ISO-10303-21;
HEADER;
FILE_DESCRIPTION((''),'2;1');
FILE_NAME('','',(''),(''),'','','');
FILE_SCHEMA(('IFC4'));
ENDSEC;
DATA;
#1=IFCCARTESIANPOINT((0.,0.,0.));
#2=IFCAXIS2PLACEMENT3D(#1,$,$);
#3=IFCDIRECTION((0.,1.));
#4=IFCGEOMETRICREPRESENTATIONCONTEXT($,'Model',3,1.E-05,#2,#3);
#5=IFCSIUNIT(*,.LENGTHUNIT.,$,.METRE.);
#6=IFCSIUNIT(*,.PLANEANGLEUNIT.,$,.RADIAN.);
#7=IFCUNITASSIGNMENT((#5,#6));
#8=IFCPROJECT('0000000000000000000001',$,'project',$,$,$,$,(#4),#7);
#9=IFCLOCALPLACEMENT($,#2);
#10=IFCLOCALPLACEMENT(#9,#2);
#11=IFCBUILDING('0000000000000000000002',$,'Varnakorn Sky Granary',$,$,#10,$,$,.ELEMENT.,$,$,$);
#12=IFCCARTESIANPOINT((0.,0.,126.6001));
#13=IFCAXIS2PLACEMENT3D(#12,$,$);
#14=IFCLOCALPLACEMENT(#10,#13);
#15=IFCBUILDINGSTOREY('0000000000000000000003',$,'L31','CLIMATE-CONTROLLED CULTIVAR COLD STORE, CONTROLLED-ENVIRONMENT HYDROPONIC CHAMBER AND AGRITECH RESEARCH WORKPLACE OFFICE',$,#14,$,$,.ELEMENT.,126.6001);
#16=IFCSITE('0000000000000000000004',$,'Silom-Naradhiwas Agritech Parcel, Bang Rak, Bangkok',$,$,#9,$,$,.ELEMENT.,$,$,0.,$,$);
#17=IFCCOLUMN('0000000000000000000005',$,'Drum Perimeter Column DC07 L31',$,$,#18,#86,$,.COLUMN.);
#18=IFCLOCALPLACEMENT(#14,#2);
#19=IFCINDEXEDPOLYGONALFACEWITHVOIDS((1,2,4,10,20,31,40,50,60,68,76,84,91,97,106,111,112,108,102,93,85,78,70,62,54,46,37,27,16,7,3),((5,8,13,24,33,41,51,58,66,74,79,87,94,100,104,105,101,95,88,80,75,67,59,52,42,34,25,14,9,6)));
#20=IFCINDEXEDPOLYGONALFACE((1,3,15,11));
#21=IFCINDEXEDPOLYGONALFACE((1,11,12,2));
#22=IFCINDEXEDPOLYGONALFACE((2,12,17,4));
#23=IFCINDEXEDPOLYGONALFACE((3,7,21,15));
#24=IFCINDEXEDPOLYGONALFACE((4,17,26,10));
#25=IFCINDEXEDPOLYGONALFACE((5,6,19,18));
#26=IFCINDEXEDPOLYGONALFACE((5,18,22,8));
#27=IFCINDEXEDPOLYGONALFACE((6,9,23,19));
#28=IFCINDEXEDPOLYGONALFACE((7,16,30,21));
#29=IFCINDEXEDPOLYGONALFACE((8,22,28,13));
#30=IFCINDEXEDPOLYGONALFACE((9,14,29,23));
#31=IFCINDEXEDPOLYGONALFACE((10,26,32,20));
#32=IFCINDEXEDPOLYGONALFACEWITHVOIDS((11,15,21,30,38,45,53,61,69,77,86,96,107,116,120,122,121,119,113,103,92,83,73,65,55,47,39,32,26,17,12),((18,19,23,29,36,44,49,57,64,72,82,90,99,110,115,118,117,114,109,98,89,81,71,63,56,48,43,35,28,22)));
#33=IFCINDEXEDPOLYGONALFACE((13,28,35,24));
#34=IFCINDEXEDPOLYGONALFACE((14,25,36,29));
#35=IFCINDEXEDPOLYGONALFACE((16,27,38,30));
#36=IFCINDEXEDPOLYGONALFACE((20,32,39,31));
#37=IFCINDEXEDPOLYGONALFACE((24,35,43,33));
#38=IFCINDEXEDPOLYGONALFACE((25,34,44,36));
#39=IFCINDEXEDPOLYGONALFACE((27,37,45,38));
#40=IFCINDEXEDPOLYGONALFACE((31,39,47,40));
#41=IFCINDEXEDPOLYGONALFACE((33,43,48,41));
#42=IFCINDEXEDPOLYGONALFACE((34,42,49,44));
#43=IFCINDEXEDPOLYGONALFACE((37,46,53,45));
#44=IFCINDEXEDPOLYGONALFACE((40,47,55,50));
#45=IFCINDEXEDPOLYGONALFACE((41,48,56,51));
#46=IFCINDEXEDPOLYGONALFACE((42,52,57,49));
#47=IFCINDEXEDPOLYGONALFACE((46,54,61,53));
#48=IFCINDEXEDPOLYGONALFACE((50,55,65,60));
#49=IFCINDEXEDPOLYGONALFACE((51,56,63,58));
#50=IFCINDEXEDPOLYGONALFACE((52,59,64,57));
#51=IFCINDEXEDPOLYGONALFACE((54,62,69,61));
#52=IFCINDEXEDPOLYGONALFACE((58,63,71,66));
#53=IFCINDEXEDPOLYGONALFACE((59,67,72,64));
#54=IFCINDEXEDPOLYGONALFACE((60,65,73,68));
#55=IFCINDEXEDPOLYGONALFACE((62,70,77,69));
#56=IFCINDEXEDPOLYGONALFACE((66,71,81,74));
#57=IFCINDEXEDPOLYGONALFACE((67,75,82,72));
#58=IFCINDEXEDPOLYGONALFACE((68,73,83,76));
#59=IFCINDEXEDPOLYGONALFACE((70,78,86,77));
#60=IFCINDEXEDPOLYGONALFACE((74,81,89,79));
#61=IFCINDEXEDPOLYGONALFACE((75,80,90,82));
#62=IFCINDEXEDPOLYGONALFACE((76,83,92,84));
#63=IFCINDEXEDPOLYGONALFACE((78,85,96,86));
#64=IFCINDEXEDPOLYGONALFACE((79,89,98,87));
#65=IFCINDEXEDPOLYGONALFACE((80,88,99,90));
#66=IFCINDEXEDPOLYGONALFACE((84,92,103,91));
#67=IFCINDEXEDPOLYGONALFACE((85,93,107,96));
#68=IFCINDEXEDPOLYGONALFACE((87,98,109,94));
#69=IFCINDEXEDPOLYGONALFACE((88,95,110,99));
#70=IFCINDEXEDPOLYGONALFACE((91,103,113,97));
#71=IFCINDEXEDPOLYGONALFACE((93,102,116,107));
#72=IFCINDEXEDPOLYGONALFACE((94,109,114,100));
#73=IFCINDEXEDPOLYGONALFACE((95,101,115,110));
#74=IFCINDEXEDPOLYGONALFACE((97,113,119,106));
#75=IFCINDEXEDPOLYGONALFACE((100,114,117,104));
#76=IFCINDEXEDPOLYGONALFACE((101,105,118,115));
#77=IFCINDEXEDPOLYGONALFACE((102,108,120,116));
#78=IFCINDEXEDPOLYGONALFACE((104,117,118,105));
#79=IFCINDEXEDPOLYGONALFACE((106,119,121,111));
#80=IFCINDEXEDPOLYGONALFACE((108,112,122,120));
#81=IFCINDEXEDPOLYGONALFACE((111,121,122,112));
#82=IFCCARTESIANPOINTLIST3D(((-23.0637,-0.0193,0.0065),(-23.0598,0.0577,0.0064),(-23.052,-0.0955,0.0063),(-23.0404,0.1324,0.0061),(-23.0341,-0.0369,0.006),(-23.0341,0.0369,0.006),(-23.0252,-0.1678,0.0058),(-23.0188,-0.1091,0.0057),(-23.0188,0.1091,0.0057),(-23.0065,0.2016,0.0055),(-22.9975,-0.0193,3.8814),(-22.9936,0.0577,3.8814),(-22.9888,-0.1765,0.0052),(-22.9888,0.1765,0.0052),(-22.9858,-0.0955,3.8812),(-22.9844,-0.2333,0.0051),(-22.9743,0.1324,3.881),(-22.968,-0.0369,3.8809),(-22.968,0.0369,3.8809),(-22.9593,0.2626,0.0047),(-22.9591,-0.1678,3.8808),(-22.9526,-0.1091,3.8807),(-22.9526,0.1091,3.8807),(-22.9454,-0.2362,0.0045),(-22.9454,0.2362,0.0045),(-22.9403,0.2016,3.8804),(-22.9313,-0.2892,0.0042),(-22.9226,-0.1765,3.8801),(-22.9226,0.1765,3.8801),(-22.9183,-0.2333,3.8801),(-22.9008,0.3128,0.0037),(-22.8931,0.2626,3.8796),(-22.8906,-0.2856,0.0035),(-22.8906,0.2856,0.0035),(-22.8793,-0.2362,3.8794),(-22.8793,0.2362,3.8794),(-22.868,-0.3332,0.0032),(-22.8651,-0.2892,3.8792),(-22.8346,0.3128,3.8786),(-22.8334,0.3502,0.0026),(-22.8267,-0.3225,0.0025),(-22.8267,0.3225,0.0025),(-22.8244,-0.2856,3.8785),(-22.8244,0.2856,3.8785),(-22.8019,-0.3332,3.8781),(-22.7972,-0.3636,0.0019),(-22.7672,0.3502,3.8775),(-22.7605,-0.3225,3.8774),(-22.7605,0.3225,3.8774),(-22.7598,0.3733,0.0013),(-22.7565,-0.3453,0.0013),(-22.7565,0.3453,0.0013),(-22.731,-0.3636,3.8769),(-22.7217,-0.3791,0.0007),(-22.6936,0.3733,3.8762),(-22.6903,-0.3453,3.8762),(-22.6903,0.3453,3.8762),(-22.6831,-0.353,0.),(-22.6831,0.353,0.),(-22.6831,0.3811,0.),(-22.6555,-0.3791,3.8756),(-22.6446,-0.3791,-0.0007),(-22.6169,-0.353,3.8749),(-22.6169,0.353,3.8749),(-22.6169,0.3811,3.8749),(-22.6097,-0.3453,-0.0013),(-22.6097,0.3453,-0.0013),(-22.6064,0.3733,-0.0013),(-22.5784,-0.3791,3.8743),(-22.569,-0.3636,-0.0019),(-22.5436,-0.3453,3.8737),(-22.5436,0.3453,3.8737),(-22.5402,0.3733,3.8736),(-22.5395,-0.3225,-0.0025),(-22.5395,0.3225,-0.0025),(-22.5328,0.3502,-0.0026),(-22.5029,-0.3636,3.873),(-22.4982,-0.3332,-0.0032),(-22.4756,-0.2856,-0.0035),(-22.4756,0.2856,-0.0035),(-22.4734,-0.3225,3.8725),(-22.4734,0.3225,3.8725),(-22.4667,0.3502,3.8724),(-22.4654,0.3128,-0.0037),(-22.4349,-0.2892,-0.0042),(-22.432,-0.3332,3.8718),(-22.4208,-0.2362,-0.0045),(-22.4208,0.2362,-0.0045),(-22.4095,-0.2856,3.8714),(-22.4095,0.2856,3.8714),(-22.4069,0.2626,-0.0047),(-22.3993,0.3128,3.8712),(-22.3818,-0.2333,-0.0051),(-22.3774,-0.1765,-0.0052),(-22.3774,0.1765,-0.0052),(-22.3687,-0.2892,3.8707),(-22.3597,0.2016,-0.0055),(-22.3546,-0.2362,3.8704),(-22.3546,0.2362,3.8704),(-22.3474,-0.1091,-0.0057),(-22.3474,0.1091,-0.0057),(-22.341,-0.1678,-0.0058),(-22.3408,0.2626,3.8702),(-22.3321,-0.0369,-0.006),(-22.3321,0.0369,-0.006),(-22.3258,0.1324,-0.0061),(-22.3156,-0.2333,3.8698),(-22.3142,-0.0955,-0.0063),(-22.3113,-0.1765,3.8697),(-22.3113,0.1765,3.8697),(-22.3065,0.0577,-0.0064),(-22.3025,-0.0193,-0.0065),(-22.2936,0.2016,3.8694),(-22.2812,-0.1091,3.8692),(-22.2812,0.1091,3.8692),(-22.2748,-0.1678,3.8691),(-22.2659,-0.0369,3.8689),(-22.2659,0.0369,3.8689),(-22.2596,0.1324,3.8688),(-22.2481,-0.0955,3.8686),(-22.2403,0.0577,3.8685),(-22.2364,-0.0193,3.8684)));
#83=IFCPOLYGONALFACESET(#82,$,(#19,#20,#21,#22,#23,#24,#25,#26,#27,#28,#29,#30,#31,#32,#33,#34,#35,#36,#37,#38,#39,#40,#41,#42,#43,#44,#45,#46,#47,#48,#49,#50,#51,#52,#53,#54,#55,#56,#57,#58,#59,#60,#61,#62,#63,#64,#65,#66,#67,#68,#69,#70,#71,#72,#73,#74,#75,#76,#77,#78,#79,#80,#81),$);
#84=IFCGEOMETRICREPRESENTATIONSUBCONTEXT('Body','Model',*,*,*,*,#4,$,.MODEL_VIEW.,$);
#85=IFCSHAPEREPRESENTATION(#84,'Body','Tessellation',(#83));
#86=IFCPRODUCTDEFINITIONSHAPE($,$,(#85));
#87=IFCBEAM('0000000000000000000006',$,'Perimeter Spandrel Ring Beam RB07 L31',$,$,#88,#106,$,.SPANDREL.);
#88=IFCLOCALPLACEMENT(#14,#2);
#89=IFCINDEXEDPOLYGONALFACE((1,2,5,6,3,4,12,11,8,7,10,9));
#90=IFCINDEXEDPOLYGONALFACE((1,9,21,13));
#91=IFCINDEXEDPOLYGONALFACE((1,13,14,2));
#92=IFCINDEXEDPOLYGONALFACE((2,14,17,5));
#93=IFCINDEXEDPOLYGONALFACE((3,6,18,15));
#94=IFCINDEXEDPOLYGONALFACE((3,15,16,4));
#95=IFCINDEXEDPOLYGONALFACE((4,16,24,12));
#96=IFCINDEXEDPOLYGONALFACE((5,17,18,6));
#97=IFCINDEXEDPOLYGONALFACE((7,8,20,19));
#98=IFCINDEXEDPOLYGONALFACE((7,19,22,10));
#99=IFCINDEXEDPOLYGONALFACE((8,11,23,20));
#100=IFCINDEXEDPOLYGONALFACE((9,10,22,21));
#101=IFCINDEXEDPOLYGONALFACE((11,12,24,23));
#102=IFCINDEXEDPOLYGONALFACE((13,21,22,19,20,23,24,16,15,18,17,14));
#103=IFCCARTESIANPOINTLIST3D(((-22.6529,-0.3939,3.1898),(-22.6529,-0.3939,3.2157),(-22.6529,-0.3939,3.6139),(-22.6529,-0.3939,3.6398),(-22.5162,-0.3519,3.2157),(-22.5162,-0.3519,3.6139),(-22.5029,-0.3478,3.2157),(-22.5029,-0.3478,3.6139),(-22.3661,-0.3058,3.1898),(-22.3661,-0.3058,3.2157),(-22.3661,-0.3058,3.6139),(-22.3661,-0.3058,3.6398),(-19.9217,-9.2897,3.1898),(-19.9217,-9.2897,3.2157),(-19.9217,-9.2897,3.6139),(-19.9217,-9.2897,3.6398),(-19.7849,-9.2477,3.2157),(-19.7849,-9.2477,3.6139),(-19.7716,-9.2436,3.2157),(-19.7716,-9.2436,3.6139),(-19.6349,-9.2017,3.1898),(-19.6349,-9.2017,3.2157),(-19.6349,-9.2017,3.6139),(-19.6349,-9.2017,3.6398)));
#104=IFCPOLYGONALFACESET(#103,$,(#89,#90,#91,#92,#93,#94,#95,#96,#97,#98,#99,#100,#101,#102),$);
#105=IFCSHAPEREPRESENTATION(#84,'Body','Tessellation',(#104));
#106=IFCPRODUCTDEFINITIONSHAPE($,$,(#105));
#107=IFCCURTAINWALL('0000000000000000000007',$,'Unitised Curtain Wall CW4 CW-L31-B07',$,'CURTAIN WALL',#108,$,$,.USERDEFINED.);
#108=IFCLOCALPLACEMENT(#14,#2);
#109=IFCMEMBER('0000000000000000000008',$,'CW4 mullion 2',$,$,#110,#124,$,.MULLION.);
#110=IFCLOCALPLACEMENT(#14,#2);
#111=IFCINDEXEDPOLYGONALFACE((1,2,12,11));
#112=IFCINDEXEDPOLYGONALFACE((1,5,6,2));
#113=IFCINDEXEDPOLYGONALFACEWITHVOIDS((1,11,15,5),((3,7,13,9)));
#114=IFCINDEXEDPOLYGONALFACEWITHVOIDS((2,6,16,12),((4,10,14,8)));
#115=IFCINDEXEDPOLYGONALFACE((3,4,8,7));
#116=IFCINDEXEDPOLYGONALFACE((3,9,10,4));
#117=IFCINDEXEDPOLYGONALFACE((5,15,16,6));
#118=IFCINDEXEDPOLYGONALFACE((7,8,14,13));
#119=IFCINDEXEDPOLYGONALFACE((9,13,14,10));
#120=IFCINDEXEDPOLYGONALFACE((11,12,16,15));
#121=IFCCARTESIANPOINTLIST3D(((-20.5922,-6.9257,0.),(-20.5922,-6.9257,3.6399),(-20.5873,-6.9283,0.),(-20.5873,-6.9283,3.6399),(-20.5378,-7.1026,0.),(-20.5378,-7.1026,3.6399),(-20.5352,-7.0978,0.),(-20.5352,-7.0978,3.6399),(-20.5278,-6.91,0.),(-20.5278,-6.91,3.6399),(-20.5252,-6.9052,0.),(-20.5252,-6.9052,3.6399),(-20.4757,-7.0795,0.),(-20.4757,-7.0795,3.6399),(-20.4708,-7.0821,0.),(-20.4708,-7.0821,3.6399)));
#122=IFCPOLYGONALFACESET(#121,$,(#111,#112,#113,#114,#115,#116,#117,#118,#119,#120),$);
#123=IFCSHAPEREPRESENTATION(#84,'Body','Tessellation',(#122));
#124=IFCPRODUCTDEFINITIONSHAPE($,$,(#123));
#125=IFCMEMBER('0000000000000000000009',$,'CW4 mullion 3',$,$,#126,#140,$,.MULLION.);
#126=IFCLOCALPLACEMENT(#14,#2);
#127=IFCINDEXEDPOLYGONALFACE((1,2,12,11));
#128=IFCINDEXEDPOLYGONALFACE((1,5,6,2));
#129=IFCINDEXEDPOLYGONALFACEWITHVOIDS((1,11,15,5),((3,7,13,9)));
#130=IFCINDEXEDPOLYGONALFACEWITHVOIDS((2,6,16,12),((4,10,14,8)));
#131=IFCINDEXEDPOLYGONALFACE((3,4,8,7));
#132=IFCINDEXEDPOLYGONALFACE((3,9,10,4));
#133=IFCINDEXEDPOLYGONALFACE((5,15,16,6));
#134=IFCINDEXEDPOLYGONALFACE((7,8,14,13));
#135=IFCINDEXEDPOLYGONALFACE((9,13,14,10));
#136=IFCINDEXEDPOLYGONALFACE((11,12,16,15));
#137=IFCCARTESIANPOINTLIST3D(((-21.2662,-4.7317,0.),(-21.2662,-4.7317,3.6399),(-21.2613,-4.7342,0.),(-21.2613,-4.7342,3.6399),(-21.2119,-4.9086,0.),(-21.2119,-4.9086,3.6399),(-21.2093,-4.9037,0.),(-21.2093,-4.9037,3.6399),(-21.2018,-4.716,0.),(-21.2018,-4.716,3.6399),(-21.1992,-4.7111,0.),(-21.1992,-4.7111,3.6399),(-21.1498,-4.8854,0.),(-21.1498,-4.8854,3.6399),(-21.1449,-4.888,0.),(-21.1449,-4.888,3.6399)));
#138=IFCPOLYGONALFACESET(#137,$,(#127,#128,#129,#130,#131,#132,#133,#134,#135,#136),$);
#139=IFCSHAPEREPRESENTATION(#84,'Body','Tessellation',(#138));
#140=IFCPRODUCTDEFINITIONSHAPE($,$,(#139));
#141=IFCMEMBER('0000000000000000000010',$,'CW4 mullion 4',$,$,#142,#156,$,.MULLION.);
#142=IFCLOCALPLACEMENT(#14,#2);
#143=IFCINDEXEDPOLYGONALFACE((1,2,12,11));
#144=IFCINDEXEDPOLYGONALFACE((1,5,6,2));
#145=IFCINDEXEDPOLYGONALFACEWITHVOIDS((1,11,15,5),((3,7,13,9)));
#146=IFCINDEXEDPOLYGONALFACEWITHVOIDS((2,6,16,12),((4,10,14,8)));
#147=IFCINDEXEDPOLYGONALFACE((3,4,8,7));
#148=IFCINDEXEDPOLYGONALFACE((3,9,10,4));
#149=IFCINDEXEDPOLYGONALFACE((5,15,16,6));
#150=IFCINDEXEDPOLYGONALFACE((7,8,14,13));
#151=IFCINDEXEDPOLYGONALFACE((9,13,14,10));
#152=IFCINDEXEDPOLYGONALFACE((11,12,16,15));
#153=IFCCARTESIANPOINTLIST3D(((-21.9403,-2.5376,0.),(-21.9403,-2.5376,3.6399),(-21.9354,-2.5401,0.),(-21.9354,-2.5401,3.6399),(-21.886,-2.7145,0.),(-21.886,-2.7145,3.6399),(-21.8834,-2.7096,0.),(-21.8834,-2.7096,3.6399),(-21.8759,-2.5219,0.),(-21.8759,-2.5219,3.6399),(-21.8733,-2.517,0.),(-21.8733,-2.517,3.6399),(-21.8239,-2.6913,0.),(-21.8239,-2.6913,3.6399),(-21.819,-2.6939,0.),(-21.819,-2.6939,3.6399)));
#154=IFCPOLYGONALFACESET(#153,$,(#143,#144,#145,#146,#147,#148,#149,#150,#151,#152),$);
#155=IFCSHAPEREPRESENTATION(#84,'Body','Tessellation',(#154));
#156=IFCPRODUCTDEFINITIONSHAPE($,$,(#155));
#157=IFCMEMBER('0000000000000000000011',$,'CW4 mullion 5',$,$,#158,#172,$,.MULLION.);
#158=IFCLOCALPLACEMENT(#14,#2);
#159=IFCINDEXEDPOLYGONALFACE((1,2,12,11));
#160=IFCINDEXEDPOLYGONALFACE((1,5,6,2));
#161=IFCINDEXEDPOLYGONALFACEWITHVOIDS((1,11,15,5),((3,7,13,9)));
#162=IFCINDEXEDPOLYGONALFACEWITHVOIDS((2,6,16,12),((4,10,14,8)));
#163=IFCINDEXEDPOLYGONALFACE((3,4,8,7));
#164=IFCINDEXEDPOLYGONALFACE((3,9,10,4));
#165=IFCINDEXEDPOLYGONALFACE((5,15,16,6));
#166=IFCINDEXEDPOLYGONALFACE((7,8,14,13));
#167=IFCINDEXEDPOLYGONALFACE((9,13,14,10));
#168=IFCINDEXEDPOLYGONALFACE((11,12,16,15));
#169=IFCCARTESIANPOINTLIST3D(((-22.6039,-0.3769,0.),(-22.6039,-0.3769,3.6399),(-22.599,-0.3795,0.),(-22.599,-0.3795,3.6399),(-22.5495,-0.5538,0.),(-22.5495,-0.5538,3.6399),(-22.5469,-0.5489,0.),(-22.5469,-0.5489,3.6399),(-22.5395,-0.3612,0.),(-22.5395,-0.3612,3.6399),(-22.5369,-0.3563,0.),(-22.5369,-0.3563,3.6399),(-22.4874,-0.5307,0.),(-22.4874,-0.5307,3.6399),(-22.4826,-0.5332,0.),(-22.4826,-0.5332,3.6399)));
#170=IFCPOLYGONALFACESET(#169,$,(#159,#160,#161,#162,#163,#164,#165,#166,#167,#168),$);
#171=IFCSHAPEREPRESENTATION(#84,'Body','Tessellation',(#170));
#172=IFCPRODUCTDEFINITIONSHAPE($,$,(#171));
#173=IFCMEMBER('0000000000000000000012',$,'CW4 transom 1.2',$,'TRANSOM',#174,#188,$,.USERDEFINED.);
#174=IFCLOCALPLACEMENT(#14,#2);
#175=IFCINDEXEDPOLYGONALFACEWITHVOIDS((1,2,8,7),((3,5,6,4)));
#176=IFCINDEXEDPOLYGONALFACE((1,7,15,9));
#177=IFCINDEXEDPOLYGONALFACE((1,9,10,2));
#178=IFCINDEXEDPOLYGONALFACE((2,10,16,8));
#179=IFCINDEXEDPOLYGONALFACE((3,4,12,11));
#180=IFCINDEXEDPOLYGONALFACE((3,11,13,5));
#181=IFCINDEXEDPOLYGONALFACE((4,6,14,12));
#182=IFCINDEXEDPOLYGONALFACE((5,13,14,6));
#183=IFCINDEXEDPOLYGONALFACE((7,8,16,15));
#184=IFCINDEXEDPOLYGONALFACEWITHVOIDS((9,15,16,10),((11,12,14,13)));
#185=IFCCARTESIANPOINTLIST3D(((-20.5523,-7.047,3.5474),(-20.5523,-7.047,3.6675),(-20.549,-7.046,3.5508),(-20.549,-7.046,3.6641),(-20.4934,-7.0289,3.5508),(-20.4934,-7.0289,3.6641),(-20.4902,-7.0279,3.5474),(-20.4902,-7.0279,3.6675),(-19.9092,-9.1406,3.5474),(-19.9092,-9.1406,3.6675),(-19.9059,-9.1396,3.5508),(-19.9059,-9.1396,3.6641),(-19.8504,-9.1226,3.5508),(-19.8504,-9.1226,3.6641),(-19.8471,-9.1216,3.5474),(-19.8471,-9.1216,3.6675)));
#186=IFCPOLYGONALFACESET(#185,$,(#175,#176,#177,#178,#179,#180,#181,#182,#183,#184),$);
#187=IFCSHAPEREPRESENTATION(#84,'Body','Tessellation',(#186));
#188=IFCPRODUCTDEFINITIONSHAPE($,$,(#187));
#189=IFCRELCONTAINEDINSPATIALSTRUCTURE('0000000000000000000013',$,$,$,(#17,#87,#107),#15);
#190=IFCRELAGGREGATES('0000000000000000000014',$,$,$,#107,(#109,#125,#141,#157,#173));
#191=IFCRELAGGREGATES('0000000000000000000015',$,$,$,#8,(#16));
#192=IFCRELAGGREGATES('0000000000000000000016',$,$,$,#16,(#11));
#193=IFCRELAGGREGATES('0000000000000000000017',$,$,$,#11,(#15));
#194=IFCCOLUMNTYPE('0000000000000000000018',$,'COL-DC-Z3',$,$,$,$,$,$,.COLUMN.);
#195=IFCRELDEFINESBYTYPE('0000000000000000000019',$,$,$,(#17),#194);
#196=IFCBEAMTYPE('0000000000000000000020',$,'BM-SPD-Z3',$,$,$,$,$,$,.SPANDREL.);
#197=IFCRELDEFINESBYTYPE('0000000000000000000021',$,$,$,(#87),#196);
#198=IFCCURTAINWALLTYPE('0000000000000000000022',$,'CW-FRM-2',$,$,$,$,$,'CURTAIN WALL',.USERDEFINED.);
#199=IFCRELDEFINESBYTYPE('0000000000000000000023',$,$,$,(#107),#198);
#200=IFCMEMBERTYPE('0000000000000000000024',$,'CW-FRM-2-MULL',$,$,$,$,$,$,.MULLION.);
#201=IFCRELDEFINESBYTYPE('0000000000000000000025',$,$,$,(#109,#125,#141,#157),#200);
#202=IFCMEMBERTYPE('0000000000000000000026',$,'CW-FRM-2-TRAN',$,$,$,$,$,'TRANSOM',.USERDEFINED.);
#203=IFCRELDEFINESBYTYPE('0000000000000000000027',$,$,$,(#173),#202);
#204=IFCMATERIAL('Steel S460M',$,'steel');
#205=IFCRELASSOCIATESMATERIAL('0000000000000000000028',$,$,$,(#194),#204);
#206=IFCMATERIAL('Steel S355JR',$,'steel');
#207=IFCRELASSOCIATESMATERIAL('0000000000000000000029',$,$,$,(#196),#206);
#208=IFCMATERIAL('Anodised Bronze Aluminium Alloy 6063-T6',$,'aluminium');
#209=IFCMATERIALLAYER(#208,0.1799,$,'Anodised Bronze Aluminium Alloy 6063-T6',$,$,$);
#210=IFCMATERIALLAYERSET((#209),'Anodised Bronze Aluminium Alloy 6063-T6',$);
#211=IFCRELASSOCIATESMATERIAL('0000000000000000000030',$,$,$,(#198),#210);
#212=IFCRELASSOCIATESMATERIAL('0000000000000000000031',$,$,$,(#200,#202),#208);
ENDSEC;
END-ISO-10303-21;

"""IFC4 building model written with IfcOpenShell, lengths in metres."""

from ifc_helpers import new_model, si_unit, direction, frame, origin, origin_2d, place, context, subcontext, project, spatial, hollow_rectangle, hollow_circle, i_section, extrude, material, layer, layer_set, material_profile, profile_set, type_object, element, aggregate, save


model = new_model("IFC4")

# Units and contexts
model_context = context("Model", 3, precision=1e-05, world=origin(), true_north=direction((0.0, 1.0)))
body_context = subcontext(model_context, "Body", "Model", "MODEL_VIEW")
ifc_project = project(units=[si_unit("LENGTHUNIT", "METRE"), si_unit("PLANEANGLEUNIT", "RADIAN")], contexts=[model_context])

# Site, building, storey
site_placement = place(None, origin())
site = spatial("IfcSite", under=ifc_project, at=site_placement, Name="Silom-Naradhiwas Agritech Parcel, Bang Rak, Bangkok", CompositionType="ELEMENT", RefElevation=0.0)
building_placement = place(site_placement, origin())
building = spatial("IfcBuilding", under=site, at=building_placement, Name="Varnakorn Sky Granary", CompositionType="ELEMENT")
storey_placement = place(building_placement, frame((0.0, 0.0, 126.6001)))
storey = spatial("IfcBuildingStorey", under=building, at=storey_placement, Name="L31", Description="CLIMATE-CONTROLLED CULTIVAR COLD STORE, CONTROLLED-ENVIRONMENT HYDROPONIC CHAMBER AND AGRITECH RESEARCH WORKPLACE OFFICE", CompositionType="ELEMENT", Elevation=126.6001)

# Column
ifc_material_1 = material(Name="Steel S460M", Category="steel")
ifc_material_profile_1 = material_profile(ifc_material_1, hollow_circle(Radius=0.3811, WallThickness=0.0281, at=origin_2d()), Name="CHS 762x28")
ifc_profile_set_1 = profile_set([ifc_material_profile_1], Name="Steel S460M")
column_type = type_object("IfcColumnType", Name="COL-DC-Z3", PredefinedType="COLUMN", material=ifc_profile_set_1)
column_placement = place(storey_placement, frame((-22.6831, 0.0, 0.0), z_axis=(0.017072, 0.0, 0.999854), x_axis=(0.0, 1.0, 0.0)))
element("IfcColumn", 1, at=column_placement, inside=storey, type_object=column_type, Name="Drum Perimeter Column DC07 L31", PredefinedType="COLUMN", context=body_context, shape_type="SweptSolid", body=[
    extrude(hollow_circle(Radius=0.3811, WallThickness=0.0281, at=origin_2d()), origin(), (0.0, 0.0, 1.0), 3.8755),
])

# Beam
ifc_material_2 = material(Name="Steel S355JR", Category="steel")
ifc_material_profile_2 = material_profile(ifc_material_2, i_section(OverallWidth=0.3, OverallDepth=0.45, WebThickness=0.0139, FlangeThickness=0.0259, at=origin_2d()), Name="HE 450 B")
ifc_profile_set_2 = profile_set([ifc_material_profile_2], Name="Steel S355JR")
beam_type = type_object("IfcBeamType", Name="BM-SPD-Z3", PredefinedType="SPANDREL", material=ifc_profile_set_2)
beam_placement = place(storey_placement, frame((-22.5095, -0.3499, 3.4148), z_axis=(0.293501, -0.955959, 0.0), x_axis=(0.955959, 0.293501, 0.0)))
element("IfcBeam", 2, at=beam_placement, inside=storey, type_object=beam_type, Name="Perimeter Spandrel Ring Beam RB07 L31", PredefinedType="SPANDREL", context=body_context, shape_type="SweptSolid", body=[
    extrude(i_section(OverallWidth=0.3, OverallDepth=0.45, WebThickness=0.0139, FlangeThickness=0.0259, at=origin_2d()), origin(), (0.0, 0.0, 1.0), 9.3057),
])

# Curtain wall, members
ifc_material_3 = material(Name="Anodised Bronze Aluminium Alloy 6063-T6", Category="aluminium")
ifc_layer_1 = layer(ifc_material_3, 0.1799, Name="Anodised Bronze Aluminium Alloy 6063-T6")
ifc_layer_set_1 = layer_set([ifc_layer_1], Name="Anodised Bronze Aluminium Alloy 6063-T6")
curtain_wall_type = type_object("IfcCurtainWallType", Name="CW-FRM-2", ElementType="CURTAIN WALL", PredefinedType="USERDEFINED", material=ifc_layer_set_1)
curtain_wall_placement = place(storey_placement, origin())
curtain_wall = element("IfcCurtainWall", 3, at=curtain_wall_placement, inside=storey, type_object=curtain_wall_type, Name="Unitised Curtain Wall CW4 CW-L31-B07", ObjectType="CURTAIN WALL", PredefinedType="USERDEFINED")
ifc_material_profile_3 = material_profile(ifc_material_3, hollow_rectangle(XDim=0.0701, YDim=0.1851, WallThickness=0.0039, at=origin_2d()), Name="ALU MULL 70x185")
ifc_profile_set_3 = profile_set([ifc_material_profile_3], Name="Anodised Bronze Aluminium Alloy 6063-T6")
member_type_1 = type_object("IfcMemberType", Name="CW-FRM-2-MULL", PredefinedType="MULLION", material=ifc_profile_set_3)
member_1_placement = place(storey_placement, frame((-20.5315, -7.0039, 0.0), z_axis=(0.0, 0.0, 1.0), x_axis=(-0.955917, -0.293638, 0.0)))
member_1 = element("IfcMember", 4, at=member_1_placement, type_object=member_type_1, Name="CW4 mullion 2", PredefinedType="MULLION", context=body_context, shape_type="SweptSolid", body=[
    extrude(hollow_rectangle(XDim=0.0701, YDim=0.1851, WallThickness=0.0039, at=origin_2d()), origin(), (0.0, 0.0, 1.0), 3.6399),
])
member_2_placement = place(storey_placement, frame((-21.2056, -4.8098, 0.0), z_axis=(0.0, 0.0, 1.0), x_axis=(-0.955917, -0.293638, 0.0)))
member_2 = element("IfcMember", 5, at=member_2_placement, type_object=member_type_1, Name="CW4 mullion 3", PredefinedType="MULLION", context=body_context, shape_type="SweptSolid", body=[
    extrude(hollow_rectangle(XDim=0.0701, YDim=0.1851, WallThickness=0.0039, at=origin_2d()), origin(), (0.0, 0.0, 1.0), 3.6399),
])
member_3_placement = place(storey_placement, frame((-21.8796, -2.6157, 0.0), z_axis=(0.0, 0.0, 1.0), x_axis=(-0.955917, -0.293638, 0.0)))
member_3 = element("IfcMember", 6, at=member_3_placement, type_object=member_type_1, Name="CW4 mullion 4", PredefinedType="MULLION", context=body_context, shape_type="SweptSolid", body=[
    extrude(hollow_rectangle(XDim=0.0701, YDim=0.1851, WallThickness=0.0039, at=origin_2d()), origin(), (0.0, 0.0, 1.0), 3.6399),
])
member_4_placement = place(storey_placement, frame((-22.5432, -0.4551, 0.0), z_axis=(0.0, 0.0, 1.0), x_axis=(-0.955917, -0.293638, 0.0)))
member_4 = element("IfcMember", 7, at=member_4_placement, type_object=member_type_1, Name="CW4 mullion 5", PredefinedType="MULLION", context=body_context, shape_type="SweptSolid", body=[
    extrude(hollow_rectangle(XDim=0.0701, YDim=0.1851, WallThickness=0.0039, at=origin_2d()), origin(), (0.0, 0.0, 1.0), 3.6399),
])
ifc_material_profile_4 = material_profile(ifc_material_3, hollow_rectangle(XDim=0.0649, YDim=0.1201, WallThickness=0.0034, at=origin_2d()), Name="ALU TRAN 65x120")
ifc_profile_set_4 = profile_set([ifc_material_profile_4], Name="Anodised Bronze Aluminium Alloy 6063-T6")
member_type_2 = type_object("IfcMemberType", Name="CW-FRM-2-TRAN", ElementType="TRANSOM", PredefinedType="USERDEFINED", material=ifc_profile_set_4)
member_5_placement = place(storey_placement, frame((-19.8782, -9.1311, 3.6074), z_axis=(-0.2936, 0.955928, 0.0), x_axis=(-0.955928, -0.2936, 0.0)))
member_5 = element("IfcMember", 8, at=member_5_placement, type_object=member_type_2, Name="CW4 transom 1.2", ObjectType="TRANSOM", PredefinedType="USERDEFINED", context=body_context, shape_type="SweptSolid", body=[
    extrude(hollow_rectangle(XDim=0.0649, YDim=0.1201, WallThickness=0.0034, at=origin_2d()), origin(), (0.0, 0.0, 1.0), 2.1902),
])

aggregate(curtain_wall, [member_1, member_2, member_3, member_4, member_5])

save(model, "model.ifc")
